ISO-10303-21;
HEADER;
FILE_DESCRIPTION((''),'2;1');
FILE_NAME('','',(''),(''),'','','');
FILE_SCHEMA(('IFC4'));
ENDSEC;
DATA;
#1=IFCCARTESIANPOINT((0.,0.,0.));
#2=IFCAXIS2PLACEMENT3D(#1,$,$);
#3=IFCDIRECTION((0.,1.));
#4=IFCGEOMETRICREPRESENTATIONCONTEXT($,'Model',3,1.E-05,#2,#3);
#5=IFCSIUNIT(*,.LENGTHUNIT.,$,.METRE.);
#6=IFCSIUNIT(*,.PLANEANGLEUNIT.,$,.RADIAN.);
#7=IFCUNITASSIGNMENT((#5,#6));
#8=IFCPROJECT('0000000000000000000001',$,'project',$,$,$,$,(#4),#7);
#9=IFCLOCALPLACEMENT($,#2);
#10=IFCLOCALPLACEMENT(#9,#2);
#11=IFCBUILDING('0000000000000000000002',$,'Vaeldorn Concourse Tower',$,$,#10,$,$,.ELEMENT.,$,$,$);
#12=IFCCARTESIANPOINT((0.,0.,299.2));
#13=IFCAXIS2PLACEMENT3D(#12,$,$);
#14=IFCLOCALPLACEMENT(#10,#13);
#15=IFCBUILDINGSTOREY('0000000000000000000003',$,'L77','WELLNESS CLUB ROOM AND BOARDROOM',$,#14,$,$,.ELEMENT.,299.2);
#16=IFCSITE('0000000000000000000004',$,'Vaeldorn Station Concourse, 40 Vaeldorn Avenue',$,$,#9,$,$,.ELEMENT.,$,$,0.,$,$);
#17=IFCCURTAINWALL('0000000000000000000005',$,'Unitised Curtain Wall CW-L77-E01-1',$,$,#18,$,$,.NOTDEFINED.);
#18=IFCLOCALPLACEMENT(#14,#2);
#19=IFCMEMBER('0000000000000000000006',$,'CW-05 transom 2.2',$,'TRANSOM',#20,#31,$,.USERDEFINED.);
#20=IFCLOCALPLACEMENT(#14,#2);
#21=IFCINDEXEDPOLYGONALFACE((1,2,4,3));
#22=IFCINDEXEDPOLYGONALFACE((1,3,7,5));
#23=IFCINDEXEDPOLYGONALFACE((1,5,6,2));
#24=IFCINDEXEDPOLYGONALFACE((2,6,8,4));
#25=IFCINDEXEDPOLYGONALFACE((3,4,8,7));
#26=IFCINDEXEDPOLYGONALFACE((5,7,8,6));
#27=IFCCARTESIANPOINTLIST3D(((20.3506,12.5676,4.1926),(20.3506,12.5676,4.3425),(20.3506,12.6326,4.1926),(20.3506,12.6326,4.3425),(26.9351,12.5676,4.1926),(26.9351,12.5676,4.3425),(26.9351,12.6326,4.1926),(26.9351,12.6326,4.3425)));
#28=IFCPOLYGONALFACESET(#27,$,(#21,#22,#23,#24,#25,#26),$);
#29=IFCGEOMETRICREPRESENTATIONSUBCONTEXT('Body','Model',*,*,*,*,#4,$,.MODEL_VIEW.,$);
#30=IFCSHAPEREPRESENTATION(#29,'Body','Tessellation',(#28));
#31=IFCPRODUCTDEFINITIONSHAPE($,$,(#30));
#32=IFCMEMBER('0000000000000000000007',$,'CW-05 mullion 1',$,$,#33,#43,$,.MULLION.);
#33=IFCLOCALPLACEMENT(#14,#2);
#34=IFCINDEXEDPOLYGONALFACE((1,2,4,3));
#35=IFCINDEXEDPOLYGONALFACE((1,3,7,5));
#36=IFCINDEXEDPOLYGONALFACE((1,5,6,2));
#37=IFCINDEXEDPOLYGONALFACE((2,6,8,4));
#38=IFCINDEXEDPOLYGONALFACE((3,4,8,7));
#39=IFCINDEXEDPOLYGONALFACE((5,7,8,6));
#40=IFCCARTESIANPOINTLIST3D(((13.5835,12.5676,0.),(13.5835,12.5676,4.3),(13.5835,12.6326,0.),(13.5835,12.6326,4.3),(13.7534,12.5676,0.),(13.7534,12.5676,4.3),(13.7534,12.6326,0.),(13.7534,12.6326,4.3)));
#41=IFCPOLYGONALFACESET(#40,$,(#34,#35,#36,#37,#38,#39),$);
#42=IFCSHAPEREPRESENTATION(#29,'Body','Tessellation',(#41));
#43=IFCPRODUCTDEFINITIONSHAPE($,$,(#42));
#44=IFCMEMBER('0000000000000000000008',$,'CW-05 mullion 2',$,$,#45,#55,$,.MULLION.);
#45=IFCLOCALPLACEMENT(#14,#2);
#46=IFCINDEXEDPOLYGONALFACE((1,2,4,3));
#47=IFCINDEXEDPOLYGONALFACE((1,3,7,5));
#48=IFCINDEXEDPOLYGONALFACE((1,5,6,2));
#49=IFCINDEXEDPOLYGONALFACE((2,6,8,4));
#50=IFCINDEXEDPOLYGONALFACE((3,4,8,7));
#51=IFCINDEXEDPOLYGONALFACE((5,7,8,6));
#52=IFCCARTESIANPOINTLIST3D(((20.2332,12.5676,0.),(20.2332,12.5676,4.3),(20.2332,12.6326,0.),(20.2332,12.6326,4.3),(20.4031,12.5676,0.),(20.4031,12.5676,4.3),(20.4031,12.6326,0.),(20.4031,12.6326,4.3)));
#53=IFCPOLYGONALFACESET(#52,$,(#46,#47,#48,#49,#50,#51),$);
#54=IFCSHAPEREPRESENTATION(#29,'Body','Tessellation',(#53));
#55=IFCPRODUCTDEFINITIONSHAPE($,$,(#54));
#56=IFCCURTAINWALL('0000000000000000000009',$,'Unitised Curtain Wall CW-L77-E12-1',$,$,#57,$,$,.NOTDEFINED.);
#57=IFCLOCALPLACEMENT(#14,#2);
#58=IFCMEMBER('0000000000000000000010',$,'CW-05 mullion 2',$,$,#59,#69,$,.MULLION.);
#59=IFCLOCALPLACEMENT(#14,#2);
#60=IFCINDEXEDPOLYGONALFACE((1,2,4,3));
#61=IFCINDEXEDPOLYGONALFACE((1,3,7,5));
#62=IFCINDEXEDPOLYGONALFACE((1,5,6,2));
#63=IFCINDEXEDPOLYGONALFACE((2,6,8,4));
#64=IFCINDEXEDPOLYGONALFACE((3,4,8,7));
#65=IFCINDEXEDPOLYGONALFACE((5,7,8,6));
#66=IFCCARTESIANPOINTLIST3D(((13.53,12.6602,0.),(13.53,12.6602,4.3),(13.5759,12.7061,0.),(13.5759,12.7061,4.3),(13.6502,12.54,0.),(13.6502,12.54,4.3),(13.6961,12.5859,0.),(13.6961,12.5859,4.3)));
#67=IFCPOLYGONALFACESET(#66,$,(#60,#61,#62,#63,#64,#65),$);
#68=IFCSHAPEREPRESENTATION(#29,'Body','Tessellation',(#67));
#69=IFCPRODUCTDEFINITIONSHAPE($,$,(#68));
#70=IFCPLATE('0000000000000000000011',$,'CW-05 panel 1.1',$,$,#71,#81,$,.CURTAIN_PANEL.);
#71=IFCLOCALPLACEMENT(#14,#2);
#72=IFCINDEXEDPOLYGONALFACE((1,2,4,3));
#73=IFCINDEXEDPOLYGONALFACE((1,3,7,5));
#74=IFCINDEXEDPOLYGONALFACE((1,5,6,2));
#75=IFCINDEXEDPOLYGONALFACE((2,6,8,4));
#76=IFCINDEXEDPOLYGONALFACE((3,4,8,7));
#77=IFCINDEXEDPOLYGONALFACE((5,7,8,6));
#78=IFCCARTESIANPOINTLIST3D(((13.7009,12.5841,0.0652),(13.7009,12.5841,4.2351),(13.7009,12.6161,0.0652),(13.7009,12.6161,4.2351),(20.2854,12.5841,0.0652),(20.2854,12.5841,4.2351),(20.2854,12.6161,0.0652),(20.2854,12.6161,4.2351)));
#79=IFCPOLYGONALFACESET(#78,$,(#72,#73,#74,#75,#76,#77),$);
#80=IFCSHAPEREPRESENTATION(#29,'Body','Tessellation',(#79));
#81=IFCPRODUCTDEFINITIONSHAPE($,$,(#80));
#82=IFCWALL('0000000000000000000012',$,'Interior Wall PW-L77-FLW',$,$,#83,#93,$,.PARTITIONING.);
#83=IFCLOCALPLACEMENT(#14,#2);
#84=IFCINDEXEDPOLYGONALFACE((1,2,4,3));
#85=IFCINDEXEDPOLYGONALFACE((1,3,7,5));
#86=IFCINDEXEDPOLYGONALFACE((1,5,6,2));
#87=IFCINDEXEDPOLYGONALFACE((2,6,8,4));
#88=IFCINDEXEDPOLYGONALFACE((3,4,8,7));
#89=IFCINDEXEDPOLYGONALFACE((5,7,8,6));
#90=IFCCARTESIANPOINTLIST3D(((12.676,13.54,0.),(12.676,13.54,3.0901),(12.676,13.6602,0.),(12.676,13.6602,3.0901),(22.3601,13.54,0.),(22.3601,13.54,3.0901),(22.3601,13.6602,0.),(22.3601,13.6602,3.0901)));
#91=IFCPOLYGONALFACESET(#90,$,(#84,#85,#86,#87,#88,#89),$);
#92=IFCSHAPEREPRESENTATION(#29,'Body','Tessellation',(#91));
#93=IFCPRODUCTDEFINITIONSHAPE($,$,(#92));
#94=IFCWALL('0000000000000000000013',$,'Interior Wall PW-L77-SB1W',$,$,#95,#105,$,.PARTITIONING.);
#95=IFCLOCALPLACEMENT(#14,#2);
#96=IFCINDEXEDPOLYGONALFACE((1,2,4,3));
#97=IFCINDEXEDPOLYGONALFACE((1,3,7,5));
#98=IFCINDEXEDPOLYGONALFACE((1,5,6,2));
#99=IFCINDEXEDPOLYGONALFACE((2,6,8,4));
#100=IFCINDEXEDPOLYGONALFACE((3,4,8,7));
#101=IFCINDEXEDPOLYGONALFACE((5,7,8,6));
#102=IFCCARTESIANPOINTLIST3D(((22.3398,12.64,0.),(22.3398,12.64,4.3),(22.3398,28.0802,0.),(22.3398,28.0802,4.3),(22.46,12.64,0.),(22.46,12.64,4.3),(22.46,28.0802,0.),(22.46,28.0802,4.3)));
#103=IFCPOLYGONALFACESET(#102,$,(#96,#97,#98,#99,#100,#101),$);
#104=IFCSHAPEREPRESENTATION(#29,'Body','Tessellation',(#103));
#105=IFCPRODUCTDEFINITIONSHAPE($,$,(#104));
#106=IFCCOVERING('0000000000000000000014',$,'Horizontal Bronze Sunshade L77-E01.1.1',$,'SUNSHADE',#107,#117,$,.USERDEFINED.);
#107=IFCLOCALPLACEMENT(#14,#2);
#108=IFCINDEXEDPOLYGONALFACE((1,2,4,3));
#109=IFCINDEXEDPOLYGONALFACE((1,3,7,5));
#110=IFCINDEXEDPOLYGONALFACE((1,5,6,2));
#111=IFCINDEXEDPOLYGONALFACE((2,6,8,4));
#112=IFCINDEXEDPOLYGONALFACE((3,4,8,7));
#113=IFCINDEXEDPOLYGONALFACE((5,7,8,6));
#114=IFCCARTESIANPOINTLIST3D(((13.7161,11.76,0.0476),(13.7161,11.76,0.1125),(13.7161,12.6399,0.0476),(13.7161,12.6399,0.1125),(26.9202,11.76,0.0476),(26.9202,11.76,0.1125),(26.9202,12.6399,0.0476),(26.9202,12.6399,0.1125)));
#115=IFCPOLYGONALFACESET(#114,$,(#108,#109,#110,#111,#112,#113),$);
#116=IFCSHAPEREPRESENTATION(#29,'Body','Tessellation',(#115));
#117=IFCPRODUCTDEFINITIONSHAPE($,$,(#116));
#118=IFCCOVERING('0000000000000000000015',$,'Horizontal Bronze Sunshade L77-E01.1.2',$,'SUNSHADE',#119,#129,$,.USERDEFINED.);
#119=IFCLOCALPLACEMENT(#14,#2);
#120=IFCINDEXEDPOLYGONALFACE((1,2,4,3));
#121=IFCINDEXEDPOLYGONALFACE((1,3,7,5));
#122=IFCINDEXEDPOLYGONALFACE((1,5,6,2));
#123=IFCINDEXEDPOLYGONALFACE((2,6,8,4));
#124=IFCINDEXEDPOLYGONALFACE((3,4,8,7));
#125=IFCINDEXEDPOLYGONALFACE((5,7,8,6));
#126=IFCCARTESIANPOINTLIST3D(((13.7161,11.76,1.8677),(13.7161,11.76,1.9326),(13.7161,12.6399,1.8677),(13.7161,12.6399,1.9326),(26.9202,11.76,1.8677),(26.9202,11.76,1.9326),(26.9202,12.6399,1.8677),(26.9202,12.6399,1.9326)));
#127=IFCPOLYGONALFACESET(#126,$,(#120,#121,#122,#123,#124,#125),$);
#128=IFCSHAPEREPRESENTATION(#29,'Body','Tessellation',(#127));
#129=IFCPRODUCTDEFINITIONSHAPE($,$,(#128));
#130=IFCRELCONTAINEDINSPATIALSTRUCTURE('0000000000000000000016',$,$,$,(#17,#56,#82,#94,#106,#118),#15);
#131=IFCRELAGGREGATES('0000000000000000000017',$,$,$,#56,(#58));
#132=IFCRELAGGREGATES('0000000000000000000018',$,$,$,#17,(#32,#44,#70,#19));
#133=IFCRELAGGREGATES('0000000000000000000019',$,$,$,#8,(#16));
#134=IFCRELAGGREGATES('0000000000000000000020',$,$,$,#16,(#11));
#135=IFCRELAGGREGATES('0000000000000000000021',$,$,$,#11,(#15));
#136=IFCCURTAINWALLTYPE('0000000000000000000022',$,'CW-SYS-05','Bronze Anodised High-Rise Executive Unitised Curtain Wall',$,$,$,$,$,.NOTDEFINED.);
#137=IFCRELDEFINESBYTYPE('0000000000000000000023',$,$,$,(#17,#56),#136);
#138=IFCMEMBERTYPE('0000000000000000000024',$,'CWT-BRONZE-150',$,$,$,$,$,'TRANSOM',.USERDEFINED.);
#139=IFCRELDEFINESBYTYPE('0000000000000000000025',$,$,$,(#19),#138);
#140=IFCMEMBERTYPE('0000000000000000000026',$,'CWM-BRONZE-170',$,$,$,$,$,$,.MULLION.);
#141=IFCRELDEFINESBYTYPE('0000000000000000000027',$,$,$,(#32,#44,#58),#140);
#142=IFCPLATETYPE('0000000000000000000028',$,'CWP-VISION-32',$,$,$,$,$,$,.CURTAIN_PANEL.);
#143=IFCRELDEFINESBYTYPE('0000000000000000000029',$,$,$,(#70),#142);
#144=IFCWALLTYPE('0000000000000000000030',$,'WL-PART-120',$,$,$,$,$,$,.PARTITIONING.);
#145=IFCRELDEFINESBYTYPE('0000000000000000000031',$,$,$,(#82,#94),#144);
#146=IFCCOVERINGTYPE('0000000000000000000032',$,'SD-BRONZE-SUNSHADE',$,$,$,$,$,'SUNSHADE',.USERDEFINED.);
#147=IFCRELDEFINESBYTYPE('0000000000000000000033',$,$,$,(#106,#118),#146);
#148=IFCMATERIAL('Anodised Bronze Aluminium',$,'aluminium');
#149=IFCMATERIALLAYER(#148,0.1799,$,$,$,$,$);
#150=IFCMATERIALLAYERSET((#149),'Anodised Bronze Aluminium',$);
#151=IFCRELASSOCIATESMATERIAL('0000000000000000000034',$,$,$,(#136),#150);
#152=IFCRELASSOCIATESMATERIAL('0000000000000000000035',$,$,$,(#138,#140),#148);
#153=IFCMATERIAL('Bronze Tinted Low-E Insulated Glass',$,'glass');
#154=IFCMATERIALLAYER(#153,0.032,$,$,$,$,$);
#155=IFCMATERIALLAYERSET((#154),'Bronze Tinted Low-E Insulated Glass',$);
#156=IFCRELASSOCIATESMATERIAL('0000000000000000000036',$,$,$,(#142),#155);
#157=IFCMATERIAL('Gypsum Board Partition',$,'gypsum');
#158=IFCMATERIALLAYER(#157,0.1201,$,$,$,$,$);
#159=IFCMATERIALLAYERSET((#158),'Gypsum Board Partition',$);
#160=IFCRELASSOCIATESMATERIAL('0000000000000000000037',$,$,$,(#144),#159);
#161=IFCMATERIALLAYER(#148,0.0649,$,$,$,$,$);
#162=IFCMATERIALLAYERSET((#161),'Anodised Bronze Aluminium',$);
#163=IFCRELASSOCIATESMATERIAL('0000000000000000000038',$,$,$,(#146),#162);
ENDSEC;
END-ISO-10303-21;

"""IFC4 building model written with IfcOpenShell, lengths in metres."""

from ifc_helpers import new_model, si_unit, direction, frame, frame_2d, origin, origin_2d, place, context, subcontext, project, spatial, rectangle, extrude, source, transform, mapped, material, layer, layer_set, material_profile, profile_set, type_object, element, aggregate, save


model = new_model("IFC4")

# Units and contexts
model_context = context("Model", 3, precision=1e-05, world=origin(), true_north=direction((0.0, 1.0)))
body_context = subcontext(model_context, "Body", "Model", "MODEL_VIEW")
ifc_project = project(units=[si_unit("LENGTHUNIT", "METRE"), si_unit("PLANEANGLEUNIT", "RADIAN")], contexts=[model_context])

# Site, building, storey
site_placement = place(None, origin())
site = spatial("IfcSite", under=ifc_project, at=site_placement, Name="Vaeldorn Station Concourse, 40 Vaeldorn Avenue", CompositionType="ELEMENT", RefElevation=0.0)
building_placement = place(site_placement, origin())
building = spatial("IfcBuilding", under=site, at=building_placement, Name="Vaeldorn Concourse Tower", CompositionType="ELEMENT")
storey_placement = place(building_placement, frame((0.0, 0.0, 299.2)))
storey = spatial("IfcBuildingStorey", under=building, at=storey_placement, Name="L77", Description="WELLNESS CLUB ROOM AND BOARDROOM", CompositionType="ELEMENT", Elevation=299.2)

# Curtain wall, members
ifc_material_1 = material(Name="Anodised Bronze Aluminium", Category="aluminium")
ifc_layer_1 = layer(ifc_material_1, 0.1799)
ifc_layer_set_1 = layer_set([ifc_layer_1], Name="Anodised Bronze Aluminium")
curtain_wall_type = type_object("IfcCurtainWallType", Name="CW-SYS-05", Description="Bronze Anodised High-Rise Executive Unitised Curtain Wall", PredefinedType="NOTDEFINED", material=ifc_layer_set_1)
curtain_wall_1_placement = place(storey_placement, origin())
curtain_wall_1 = element("IfcCurtainWall", 1, at=curtain_wall_1_placement, inside=storey, type_object=curtain_wall_type, Name="Unitised Curtain Wall CW-L77-E01-1", PredefinedType="NOTDEFINED")
ifc_material_profile_1 = material_profile(ifc_material_1, rectangle(XDim=0.0649, YDim=0.1499, at=origin_2d()), Name="CWT 65x150")
ifc_profile_set_1 = profile_set([ifc_material_profile_1], Name="Anodised Bronze Aluminium")
member_type_1 = type_object("IfcMemberType", Name="CWT-BRONZE-150", ElementType="TRANSOM", PredefinedType="USERDEFINED", material=ifc_profile_set_1)
shared_shape_1 = source(origin(), body_context, "Body", "SweptSolid", [
    extrude(rectangle(XDim=0.0649, YDim=0.1499, at=origin_2d()), origin(), (0.0, 0.0, 1.0), 6.5845),
])
member_1_placement = place(storey_placement, frame((20.3506, 12.6001, 4.2676), z_axis=(1.0, 0.0, 0.0), x_axis=(0.0, 1.0, 0.0)))
member_1 = element("IfcMember", 2, at=member_1_placement, type_object=member_type_1, Name="CW-05 transom 2.2", ObjectType="TRANSOM", PredefinedType="USERDEFINED", context=body_context, shape_type="MappedRepresentation", body=[
    mapped(shared_shape_1, transform((0.0, 0.0, 0.0), scale=1.0)),
])
ifc_material_profile_2 = material_profile(ifc_material_1, rectangle(XDim=0.0649, YDim=0.1699, at=origin_2d()), Name="CWM 65x170")
ifc_profile_set_2 = profile_set([ifc_material_profile_2], Name="Anodised Bronze Aluminium")
member_type_2 = type_object("IfcMemberType", Name="CWM-BRONZE-170", PredefinedType="MULLION", material=ifc_profile_set_2)
shared_shape_2 = source(origin(), body_context, "Body", "SweptSolid", [
    extrude(rectangle(XDim=0.0649, YDim=0.1699, at=origin_2d()), origin(), (0.0, 0.0, 1.0), 4.3),
])
member_2_placement = place(storey_placement, frame((13.6685, 12.6001, 0.0), z_axis=(0.0, 0.0, 1.0), x_axis=(0.0, 1.0, 0.0)))
member_2 = element("IfcMember", 3, at=member_2_placement, type_object=member_type_2, Name="CW-05 mullion 1", PredefinedType="MULLION", context=body_context, shape_type="MappedRepresentation", body=[
    mapped(shared_shape_2, transform((0.0, 0.0, 0.0), scale=1.0)),
])
member_3_placement = place(storey_placement, frame((20.3181, 12.6001, 0.0), z_axis=(0.0, 0.0, 1.0), x_axis=(0.0, 1.0, 0.0)))
member_3 = element("IfcMember", 4, at=member_3_placement, type_object=member_type_2, Name="CW-05 mullion 2", PredefinedType="MULLION", context=body_context, shape_type="MappedRepresentation", body=[
    mapped(shared_shape_2, transform((0.0, 0.0, 0.0), scale=1.0)),
])

# Curtain wall, member
curtain_wall_2_placement = place(storey_placement, origin())
curtain_wall_2 = element("IfcCurtainWall", 5, at=curtain_wall_2_placement, inside=storey, type_object=curtain_wall_type, Name="Unitised Curtain Wall CW-L77-E12-1", PredefinedType="NOTDEFINED")
member_4_placement = place(storey_placement, frame((13.613, 12.623, 0.0), z_axis=(0.0, 0.0, 1.0), x_axis=(0.707107, 0.707107, 0.0)))
member_4 = element("IfcMember", 6, at=member_4_placement, type_object=member_type_2, Name="CW-05 mullion 2", PredefinedType="MULLION", context=body_context, shape_type="MappedRepresentation", body=[
    mapped(shared_shape_2, transform((0.0, 0.0, 0.0), scale=1.0)),
])
aggregate(curtain_wall_2, [member_4])

# Plate
ifc_material_2 = material(Name="Bronze Tinted Low-E Insulated Glass", Category="glass")
ifc_layer_2 = layer(ifc_material_2, 0.032)
ifc_layer_set_2 = layer_set([ifc_layer_2], Name="Bronze Tinted Low-E Insulated Glass")
plate_type = type_object("IfcPlateType", Name="CWP-VISION-32", PredefinedType="CURTAIN_PANEL", material=ifc_layer_set_2)
shared_shape_3 = source(origin(), body_context, "Body", "SweptSolid", [
    extrude(rectangle(XDim=6.5845, YDim=0.032, at=origin_2d()), origin(), (0.0, 0.0, 1.0), 4.1699),
])
plate_placement = place(storey_placement, frame((16.9932, 12.6001, 0.0652), z_axis=(0.0, 0.0, 1.0), x_axis=(1.0, 0.0, 0.0)))
plate = element("IfcPlate", 7, at=plate_placement, type_object=plate_type, Name="CW-05 panel 1.1", PredefinedType="CURTAIN_PANEL", context=body_context, shape_type="MappedRepresentation", body=[
    mapped(shared_shape_3, transform((0.0, 0.0, 0.0), scale=1.0)),
])
aggregate(curtain_wall_1, [member_2, member_3, plate, member_1])

# Walls
ifc_material_3 = material(Name="Gypsum Board Partition", Category="gypsum")
ifc_layer_3 = layer(ifc_material_3, 0.1201)
ifc_layer_set_3 = layer_set([ifc_layer_3], Name="Gypsum Board Partition")
wall_type = type_object("IfcWallType", Name="WL-PART-120", PredefinedType="PARTITIONING", material=ifc_layer_set_3)
wall_1_placement = place(storey_placement, frame((12.676, 13.6001, 0.0), z_axis=(0.0, 0.0, 1.0), x_axis=(1.0, 0.0, 0.0)))
element("IfcWall", 8, at=wall_1_placement, inside=storey, type_object=wall_type, Name="Interior Wall PW-L77-FLW", PredefinedType="PARTITIONING", context=body_context, shape_type="SweptSolid", body=[
    extrude(rectangle(XDim=9.6841, YDim=0.1201, at=frame_2d((4.842, 0.0))), origin(), (0.0, 0.0, 1.0), 3.0901),
])
wall_2_placement = place(storey_placement, frame((22.3999, 12.6399, 0.0), z_axis=(0.0, 0.0, 1.0), x_axis=(0.0, 1.0, 0.0)))
element("IfcWall", 9, at=wall_2_placement, inside=storey, type_object=wall_type, Name="Interior Wall PW-L77-SB1W", PredefinedType="PARTITIONING", context=body_context, shape_type="SweptSolid", body=[
    extrude(rectangle(XDim=15.4402, YDim=0.1201, at=frame_2d((7.7202, 0.0))), origin(), (0.0, 0.0, 1.0), 4.3),
])

# Coverings
ifc_layer_4 = layer(ifc_material_1, 0.0649)
ifc_layer_set_4 = layer_set([ifc_layer_4], Name="Anodised Bronze Aluminium")
covering_type = type_object("IfcCoveringType", Name="SD-BRONZE-SUNSHADE", ElementType="SUNSHADE", PredefinedType="USERDEFINED", material=ifc_layer_set_4)
shared_shape_4 = source(origin(), body_context, "Body", "SweptSolid", [
    extrude(rectangle(XDim=13.2041, YDim=0.8799, at=origin_2d()), origin(), (0.0, 0.0, 1.0), 0.0649),
])
for number, where, z_axis, x_axis, name in (
    (10, (20.3181, 12.2, 0.0476), (0.0, 0.0, 1.0), (1.0, 0.0, 0.0), "Horizontal Bronze Sunshade L77-E01.1.1"),
    (11, (20.3181, 12.2, 1.8677), (0.0, 0.0, 1.0), (1.0, 0.0, 0.0), "Horizontal Bronze Sunshade L77-E01.1.2"),
):
    element("IfcCovering", number, at=place(storey_placement, frame(where, z_axis=z_axis, x_axis=x_axis)), inside=storey, type_object=covering_type, Name=name, ObjectType="SUNSHADE", PredefinedType="USERDEFINED", context=body_context, shape_type="MappedRepresentation", body=[
        mapped(shared_shape_4, transform((0.0, 0.0, 0.0), scale=1.0)),
    ])

save(model, "model.ifc")
